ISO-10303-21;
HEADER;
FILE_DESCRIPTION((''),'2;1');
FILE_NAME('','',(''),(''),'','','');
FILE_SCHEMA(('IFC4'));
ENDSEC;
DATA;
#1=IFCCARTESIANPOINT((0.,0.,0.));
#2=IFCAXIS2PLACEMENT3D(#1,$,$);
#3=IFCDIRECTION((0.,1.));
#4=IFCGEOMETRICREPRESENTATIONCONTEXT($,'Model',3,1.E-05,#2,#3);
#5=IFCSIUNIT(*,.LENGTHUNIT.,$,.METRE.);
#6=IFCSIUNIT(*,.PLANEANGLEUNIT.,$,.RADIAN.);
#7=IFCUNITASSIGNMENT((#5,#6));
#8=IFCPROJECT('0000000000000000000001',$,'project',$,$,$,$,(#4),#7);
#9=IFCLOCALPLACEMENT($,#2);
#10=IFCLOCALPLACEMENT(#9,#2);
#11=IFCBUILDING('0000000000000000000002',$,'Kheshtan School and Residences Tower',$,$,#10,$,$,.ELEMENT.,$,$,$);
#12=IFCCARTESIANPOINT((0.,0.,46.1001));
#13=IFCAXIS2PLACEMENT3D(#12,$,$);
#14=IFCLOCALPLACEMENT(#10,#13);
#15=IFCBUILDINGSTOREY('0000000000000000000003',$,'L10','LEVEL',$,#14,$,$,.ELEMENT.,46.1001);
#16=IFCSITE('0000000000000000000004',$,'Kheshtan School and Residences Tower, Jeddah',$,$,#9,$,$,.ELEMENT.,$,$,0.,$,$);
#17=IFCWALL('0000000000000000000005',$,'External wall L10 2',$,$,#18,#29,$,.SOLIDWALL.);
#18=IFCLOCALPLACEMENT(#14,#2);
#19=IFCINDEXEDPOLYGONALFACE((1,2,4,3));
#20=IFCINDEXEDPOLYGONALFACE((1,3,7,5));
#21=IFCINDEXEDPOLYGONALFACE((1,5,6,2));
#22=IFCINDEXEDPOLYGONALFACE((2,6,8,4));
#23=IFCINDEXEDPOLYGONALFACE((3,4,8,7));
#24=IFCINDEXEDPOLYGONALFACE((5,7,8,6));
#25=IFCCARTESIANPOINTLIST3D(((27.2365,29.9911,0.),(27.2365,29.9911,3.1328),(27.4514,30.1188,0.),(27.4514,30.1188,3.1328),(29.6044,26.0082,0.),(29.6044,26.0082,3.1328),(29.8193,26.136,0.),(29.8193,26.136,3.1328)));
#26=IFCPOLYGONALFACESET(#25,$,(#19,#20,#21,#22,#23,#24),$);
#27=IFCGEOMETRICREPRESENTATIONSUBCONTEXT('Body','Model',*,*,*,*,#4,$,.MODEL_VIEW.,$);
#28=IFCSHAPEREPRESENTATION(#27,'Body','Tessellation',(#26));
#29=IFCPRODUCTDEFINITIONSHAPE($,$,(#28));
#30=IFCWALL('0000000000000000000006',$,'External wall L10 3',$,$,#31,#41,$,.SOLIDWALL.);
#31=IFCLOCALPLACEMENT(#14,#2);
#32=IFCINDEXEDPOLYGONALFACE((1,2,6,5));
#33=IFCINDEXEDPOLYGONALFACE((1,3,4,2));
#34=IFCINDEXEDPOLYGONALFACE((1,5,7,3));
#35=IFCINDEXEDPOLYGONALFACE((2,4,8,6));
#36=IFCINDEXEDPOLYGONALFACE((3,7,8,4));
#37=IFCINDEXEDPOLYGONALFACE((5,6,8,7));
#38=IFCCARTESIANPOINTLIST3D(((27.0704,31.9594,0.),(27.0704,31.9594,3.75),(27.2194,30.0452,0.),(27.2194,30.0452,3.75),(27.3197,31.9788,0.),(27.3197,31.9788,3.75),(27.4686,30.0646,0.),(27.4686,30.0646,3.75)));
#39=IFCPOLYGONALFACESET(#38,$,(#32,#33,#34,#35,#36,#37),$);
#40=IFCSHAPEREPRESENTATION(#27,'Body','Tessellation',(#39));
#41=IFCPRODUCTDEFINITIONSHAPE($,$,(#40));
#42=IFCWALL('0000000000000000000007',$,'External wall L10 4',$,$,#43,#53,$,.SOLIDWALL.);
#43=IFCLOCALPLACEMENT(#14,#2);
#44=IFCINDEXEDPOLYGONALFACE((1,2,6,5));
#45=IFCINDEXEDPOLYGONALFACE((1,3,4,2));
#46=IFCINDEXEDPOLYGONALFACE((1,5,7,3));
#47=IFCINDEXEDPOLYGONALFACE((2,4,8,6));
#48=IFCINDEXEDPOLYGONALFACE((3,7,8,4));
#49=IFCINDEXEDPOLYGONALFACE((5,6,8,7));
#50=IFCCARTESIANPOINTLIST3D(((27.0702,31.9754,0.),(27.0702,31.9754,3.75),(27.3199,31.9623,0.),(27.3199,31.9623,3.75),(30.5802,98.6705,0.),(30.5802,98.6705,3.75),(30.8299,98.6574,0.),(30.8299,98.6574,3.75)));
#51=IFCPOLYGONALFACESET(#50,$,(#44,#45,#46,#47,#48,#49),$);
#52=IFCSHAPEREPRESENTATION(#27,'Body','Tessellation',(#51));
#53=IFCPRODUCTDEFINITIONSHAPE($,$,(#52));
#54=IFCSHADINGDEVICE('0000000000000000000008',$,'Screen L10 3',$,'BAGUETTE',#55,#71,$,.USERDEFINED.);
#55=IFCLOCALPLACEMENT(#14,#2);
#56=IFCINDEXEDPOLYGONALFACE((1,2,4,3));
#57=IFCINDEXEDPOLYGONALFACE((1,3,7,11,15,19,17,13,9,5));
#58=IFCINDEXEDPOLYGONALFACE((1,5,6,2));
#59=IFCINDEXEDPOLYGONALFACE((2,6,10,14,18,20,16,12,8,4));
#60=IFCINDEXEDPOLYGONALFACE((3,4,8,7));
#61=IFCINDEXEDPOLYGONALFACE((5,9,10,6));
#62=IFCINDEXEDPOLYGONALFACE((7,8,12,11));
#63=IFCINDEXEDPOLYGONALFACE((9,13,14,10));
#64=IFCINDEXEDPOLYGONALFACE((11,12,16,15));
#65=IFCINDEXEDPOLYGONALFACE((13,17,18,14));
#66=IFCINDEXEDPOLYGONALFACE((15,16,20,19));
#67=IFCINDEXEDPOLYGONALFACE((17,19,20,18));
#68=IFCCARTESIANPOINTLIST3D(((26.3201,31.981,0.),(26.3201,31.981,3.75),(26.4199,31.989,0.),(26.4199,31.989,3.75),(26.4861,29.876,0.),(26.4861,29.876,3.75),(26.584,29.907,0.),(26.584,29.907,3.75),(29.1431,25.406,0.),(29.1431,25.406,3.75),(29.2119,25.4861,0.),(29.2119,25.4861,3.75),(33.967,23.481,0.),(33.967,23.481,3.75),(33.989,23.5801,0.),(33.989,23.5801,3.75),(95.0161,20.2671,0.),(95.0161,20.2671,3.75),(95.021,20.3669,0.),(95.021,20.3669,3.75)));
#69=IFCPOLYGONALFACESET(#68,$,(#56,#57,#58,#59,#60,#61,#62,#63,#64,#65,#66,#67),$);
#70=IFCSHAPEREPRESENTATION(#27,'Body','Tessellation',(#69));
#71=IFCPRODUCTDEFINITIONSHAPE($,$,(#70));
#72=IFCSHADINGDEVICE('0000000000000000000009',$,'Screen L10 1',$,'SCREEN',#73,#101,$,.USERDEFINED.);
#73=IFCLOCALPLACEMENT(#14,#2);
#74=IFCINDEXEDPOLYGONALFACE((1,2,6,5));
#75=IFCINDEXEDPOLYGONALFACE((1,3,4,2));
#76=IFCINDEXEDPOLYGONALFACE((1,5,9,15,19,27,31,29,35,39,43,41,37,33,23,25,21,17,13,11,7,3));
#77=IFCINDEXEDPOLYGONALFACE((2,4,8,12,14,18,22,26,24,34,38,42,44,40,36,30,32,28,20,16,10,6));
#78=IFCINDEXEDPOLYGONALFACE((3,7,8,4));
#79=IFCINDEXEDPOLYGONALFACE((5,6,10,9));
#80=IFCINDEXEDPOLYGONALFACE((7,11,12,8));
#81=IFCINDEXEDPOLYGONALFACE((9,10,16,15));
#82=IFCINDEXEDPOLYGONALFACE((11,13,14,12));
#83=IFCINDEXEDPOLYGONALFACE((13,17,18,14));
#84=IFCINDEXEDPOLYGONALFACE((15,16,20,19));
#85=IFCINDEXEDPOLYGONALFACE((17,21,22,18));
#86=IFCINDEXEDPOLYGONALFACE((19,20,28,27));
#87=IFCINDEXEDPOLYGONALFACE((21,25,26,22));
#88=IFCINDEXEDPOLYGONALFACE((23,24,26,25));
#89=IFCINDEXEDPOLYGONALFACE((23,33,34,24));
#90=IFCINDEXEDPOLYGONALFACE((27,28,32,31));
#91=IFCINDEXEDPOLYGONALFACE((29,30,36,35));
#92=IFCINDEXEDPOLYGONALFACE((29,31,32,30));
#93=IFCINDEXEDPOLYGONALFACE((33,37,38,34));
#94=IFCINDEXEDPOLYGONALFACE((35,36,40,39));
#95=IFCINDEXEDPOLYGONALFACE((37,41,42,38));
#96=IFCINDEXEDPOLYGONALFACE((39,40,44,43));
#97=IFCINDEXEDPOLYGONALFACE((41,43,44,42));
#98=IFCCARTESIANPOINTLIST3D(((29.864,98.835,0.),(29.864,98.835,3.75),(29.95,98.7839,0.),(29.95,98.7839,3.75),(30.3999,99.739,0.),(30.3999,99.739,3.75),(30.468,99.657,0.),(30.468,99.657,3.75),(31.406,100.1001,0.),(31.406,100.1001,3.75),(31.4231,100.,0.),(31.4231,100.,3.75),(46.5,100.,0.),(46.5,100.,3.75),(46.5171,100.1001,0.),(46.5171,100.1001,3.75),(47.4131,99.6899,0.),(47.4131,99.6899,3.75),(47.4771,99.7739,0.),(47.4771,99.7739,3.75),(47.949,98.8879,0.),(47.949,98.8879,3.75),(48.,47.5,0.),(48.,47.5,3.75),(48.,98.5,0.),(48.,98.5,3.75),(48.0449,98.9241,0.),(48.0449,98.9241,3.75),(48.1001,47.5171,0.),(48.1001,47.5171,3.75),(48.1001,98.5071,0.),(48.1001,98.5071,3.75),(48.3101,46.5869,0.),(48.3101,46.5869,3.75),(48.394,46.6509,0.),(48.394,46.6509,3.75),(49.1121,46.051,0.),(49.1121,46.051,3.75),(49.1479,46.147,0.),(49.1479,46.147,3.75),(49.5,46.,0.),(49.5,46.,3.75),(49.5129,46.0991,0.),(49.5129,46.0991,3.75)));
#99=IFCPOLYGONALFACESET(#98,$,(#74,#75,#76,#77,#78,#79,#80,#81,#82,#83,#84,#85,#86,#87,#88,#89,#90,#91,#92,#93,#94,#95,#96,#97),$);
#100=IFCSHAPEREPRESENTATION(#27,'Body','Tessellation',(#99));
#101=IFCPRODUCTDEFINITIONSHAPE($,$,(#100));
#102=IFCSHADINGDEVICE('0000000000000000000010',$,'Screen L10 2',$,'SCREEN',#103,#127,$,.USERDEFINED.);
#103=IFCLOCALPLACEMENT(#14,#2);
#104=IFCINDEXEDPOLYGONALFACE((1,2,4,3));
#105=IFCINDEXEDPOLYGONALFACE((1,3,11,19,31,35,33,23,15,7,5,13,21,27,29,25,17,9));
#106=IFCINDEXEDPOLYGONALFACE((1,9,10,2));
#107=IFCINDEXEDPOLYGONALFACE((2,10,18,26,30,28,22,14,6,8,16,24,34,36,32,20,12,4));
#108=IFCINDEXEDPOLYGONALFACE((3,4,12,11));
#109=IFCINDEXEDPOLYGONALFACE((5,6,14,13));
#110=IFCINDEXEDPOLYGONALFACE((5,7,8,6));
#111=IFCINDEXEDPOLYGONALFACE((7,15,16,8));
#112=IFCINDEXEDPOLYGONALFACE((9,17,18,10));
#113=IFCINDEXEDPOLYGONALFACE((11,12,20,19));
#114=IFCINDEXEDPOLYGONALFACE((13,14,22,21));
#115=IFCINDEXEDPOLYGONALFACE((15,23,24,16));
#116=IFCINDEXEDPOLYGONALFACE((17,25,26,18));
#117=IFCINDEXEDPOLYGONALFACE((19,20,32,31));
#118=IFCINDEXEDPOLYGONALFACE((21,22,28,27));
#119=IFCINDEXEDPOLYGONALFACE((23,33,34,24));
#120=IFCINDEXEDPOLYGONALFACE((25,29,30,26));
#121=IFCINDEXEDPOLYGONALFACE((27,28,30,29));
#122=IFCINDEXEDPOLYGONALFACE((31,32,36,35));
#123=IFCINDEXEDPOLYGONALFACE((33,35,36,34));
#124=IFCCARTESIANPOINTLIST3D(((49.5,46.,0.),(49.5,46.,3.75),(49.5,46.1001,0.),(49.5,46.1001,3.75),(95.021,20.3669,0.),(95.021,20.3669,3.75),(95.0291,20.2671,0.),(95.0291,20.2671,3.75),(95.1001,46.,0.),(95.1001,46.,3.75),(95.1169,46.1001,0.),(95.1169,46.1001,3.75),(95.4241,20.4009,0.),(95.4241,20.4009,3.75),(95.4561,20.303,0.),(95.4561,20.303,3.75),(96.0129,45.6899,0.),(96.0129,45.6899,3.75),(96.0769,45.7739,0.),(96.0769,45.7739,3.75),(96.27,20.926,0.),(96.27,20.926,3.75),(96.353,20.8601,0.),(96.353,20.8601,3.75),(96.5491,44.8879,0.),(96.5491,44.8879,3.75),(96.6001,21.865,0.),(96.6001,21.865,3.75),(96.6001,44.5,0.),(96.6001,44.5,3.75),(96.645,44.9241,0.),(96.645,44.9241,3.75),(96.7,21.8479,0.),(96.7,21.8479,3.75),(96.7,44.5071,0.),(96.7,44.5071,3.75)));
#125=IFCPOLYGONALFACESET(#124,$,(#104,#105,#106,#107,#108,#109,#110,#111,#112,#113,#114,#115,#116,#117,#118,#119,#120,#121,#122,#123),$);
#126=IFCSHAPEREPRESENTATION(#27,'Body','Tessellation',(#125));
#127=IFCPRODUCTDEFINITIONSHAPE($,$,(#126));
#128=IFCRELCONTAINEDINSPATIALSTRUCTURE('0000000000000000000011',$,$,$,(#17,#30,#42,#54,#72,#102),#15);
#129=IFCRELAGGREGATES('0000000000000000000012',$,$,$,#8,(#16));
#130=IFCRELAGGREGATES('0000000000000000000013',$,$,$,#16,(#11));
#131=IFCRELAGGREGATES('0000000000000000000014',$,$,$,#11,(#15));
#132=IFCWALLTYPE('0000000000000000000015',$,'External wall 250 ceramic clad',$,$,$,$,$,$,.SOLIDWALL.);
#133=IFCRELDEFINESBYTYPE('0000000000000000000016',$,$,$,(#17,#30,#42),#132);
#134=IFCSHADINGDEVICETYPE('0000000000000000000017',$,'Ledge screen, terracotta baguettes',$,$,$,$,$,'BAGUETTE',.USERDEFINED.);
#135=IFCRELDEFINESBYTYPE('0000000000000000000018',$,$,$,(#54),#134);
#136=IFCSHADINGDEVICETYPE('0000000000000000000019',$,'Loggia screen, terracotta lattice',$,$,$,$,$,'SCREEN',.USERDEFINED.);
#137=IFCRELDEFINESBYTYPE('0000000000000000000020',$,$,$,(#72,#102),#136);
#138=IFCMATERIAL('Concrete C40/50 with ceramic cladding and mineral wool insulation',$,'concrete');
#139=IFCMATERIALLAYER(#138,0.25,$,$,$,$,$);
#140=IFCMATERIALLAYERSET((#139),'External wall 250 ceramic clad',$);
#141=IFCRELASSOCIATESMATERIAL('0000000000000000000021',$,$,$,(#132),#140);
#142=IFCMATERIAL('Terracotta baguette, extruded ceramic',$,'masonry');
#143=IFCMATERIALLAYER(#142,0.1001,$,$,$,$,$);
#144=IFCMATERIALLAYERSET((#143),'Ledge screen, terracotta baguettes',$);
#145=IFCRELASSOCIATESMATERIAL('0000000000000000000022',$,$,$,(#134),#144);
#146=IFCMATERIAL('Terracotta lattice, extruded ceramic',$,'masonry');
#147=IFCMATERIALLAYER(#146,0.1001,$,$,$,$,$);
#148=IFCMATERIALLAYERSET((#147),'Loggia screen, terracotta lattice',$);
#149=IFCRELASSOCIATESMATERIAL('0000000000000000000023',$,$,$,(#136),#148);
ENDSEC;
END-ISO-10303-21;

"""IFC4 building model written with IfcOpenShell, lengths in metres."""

from ifc_helpers import new_model, si_unit, direction, frame, frame_2d, origin, place, context, subcontext, project, spatial, polyline, rectangle, outline, extrude, material, layer, layer_set, type_object, element, save


model = new_model("IFC4")

# Units and contexts
model_context = context("Model", 3, precision=1e-05, world=origin(), true_north=direction((0.0, 1.0)))
body_context = subcontext(model_context, "Body", "Model", "MODEL_VIEW")
ifc_project = project(units=[si_unit("LENGTHUNIT", "METRE"), si_unit("PLANEANGLEUNIT", "RADIAN")], contexts=[model_context])

# Site, building, storey
site_placement = place(None, origin())
site = spatial("IfcSite", under=ifc_project, at=site_placement, Name="Kheshtan School and Residences Tower, Jeddah", CompositionType="ELEMENT", RefElevation=0.0)
building_placement = place(site_placement, origin())
building = spatial("IfcBuilding", under=site, at=building_placement, Name="Kheshtan School and Residences Tower", CompositionType="ELEMENT")
storey_placement = place(building_placement, frame((0.0, 0.0, 46.1001)))
storey = spatial("IfcBuildingStorey", under=building, at=storey_placement, Name="L10", Description="LEVEL", CompositionType="ELEMENT", Elevation=46.1001)

# Walls
ifc_material_1 = material(Name="Concrete C40/50 with ceramic cladding and mineral wool insulation", Category="concrete")
ifc_layer_1 = layer(ifc_material_1, 0.25)
ifc_layer_set_1 = layer_set([ifc_layer_1], Name="External wall 250 ceramic clad")
wall_type_1 = type_object("IfcWallType", Name="External wall 250 ceramic clad", PredefinedType="SOLIDWALL", material=ifc_layer_set_1)
wall_1_placement = place(storey_placement, frame((29.7119, 26.072, 0.0), z_axis=(0.0, 0.0, 1.0), x_axis=(-0.511028, 0.859564, 0.0)))
element("IfcWall", 1, at=wall_1_placement, inside=storey, type_object=wall_type_1, Name="External wall L10 2", PredefinedType="SOLIDWALL", context=body_context, shape_type="SweptSolid", body=[
    extrude(rectangle(XDim=4.6335, YDim=0.25, at=frame_2d((2.3169, 0.0))), origin(), (0.0, 0.0, 1.0), 3.1328),
])
wall_2_placement = place(storey_placement, frame((27.344, 30.0549, 0.0), z_axis=(0.0, 0.0, 1.0), x_axis=(-0.077572, 0.996987, 0.0)))
element("IfcWall", 2, at=wall_2_placement, inside=storey, type_object=wall_type_1, Name="External wall L10 3", PredefinedType="SOLIDWALL", context=body_context, shape_type="SweptSolid", body=[
    extrude(rectangle(XDim=1.9199, YDim=0.25, at=frame_2d((0.96, 0.0))), origin(), (0.0, 0.0, 1.0), 3.75),
])
wall_3_placement = place(storey_placement, frame((27.1951, 31.969, 0.0), z_axis=(0.0, 0.0, 1.0), x_axis=(0.052555, 0.998618, 0.0)))
element("IfcWall", 3, at=wall_3_placement, inside=storey, type_object=wall_type_1, Name="External wall L10 4", PredefinedType="SOLIDWALL", context=body_context, shape_type="SweptSolid", body=[
    extrude(rectangle(XDim=66.7874, YDim=0.25, at=frame_2d((33.3936, 0.0))), origin(), (0.0, 0.0, 1.0), 3.75),
])

# Shading devices
ifc_material_2 = material(Name="Terracotta baguette, extruded ceramic", Category="masonry")
ifc_layer_2 = layer(ifc_material_2, 0.1001)
ifc_layer_set_2 = layer_set([ifc_layer_2], Name="Ledge screen, terracotta baguettes")
shading_device_type_1 = type_object("IfcShadingDeviceType", Name="Ledge screen, terracotta baguettes", ElementType="BAGUETTE", PredefinedType="USERDEFINED", material=ifc_layer_set_2)
shading_device_1_placement = place(storey_placement, origin())
element("IfcShadingDevice", 4, at=shading_device_1_placement, inside=storey, type_object=shading_device_type_1, Name="Screen L10 3", ObjectType="BAGUETTE", PredefinedType="USERDEFINED", context=body_context, shape_type="SweptSolid", body=[
    extrude(outline(polyline([(95.021, 20.3669), (33.989, 23.5801), (29.2119, 25.4861), (26.584, 29.907), (26.4199, 31.989), (26.3201, 31.981), (26.4861, 29.876), (29.1431, 25.406), (33.967, 23.481), (95.0161, 20.2671), (95.021, 20.3669)])), origin(), (0.0, 0.0, 1.0), 3.75),
])
ifc_material_3 = material(Name="Terracotta lattice, extruded ceramic", Category="masonry")
ifc_layer_3 = layer(ifc_material_3, 0.1001)
ifc_layer_set_3 = layer_set([ifc_layer_3], Name="Loggia screen, terracotta lattice")
shading_device_type_2 = type_object("IfcShadingDeviceType", Name="Loggia screen, terracotta lattice", ElementType="SCREEN", PredefinedType="USERDEFINED", material=ifc_layer_set_3)
shading_device_2_placement = place(storey_placement, origin())
element("IfcShadingDevice", 5, at=shading_device_2_placement, inside=storey, type_object=shading_device_type_2, Name="Screen L10 1", ObjectType="SCREEN", PredefinedType="USERDEFINED", context=body_context, shape_type="SweptSolid", body=[
    extrude(outline(polyline([(29.95, 98.7839), (30.468, 99.657), (31.4231, 100.0), (46.5, 100.0), (47.4131, 99.6899), (47.949, 98.8879), (48.0, 98.5), (48.0, 47.5), (48.3101, 46.5869), (49.1121, 46.051), (49.5, 46.0), (49.5129, 46.0991), (49.1479, 46.147), (48.394, 46.6509), (48.1001, 47.5171), (48.1001, 98.5071), (48.0449, 98.9241), (47.4771, 99.7739), (46.5171, 100.1001), (31.406, 100.1001), (30.3999, 99.739), (29.864, 98.835), (29.95, 98.7839)])), origin(), (0.0, 0.0, 1.0), 3.75),
])
shading_device_3_placement = place(storey_placement, origin())
element("IfcShadingDevice", 6, at=shading_device_3_placement, inside=storey, type_object=shading_device_type_2, Name="Screen L10 2", ObjectType="SCREEN", PredefinedType="USERDEFINED", context=body_context, shape_type="SweptSolid", body=[
    extrude(outline(polyline([(49.5, 46.0), (95.1001, 46.0), (96.0129, 45.6899), (96.5491, 44.8879), (96.6001, 44.5), (96.6001, 21.865), (96.27, 20.926), (95.4241, 20.4009), (95.021, 20.3669), (95.0291, 20.2671), (95.4561, 20.303), (96.353, 20.8601), (96.7, 21.8479), (96.7, 44.5071), (96.645, 44.9241), (96.0769, 45.7739), (95.1169, 46.1001), (49.5, 46.1001), (49.5, 46.0)])), origin(), (0.0, 0.0, 1.0), 3.75),
])

save(model, "model.ifc")
